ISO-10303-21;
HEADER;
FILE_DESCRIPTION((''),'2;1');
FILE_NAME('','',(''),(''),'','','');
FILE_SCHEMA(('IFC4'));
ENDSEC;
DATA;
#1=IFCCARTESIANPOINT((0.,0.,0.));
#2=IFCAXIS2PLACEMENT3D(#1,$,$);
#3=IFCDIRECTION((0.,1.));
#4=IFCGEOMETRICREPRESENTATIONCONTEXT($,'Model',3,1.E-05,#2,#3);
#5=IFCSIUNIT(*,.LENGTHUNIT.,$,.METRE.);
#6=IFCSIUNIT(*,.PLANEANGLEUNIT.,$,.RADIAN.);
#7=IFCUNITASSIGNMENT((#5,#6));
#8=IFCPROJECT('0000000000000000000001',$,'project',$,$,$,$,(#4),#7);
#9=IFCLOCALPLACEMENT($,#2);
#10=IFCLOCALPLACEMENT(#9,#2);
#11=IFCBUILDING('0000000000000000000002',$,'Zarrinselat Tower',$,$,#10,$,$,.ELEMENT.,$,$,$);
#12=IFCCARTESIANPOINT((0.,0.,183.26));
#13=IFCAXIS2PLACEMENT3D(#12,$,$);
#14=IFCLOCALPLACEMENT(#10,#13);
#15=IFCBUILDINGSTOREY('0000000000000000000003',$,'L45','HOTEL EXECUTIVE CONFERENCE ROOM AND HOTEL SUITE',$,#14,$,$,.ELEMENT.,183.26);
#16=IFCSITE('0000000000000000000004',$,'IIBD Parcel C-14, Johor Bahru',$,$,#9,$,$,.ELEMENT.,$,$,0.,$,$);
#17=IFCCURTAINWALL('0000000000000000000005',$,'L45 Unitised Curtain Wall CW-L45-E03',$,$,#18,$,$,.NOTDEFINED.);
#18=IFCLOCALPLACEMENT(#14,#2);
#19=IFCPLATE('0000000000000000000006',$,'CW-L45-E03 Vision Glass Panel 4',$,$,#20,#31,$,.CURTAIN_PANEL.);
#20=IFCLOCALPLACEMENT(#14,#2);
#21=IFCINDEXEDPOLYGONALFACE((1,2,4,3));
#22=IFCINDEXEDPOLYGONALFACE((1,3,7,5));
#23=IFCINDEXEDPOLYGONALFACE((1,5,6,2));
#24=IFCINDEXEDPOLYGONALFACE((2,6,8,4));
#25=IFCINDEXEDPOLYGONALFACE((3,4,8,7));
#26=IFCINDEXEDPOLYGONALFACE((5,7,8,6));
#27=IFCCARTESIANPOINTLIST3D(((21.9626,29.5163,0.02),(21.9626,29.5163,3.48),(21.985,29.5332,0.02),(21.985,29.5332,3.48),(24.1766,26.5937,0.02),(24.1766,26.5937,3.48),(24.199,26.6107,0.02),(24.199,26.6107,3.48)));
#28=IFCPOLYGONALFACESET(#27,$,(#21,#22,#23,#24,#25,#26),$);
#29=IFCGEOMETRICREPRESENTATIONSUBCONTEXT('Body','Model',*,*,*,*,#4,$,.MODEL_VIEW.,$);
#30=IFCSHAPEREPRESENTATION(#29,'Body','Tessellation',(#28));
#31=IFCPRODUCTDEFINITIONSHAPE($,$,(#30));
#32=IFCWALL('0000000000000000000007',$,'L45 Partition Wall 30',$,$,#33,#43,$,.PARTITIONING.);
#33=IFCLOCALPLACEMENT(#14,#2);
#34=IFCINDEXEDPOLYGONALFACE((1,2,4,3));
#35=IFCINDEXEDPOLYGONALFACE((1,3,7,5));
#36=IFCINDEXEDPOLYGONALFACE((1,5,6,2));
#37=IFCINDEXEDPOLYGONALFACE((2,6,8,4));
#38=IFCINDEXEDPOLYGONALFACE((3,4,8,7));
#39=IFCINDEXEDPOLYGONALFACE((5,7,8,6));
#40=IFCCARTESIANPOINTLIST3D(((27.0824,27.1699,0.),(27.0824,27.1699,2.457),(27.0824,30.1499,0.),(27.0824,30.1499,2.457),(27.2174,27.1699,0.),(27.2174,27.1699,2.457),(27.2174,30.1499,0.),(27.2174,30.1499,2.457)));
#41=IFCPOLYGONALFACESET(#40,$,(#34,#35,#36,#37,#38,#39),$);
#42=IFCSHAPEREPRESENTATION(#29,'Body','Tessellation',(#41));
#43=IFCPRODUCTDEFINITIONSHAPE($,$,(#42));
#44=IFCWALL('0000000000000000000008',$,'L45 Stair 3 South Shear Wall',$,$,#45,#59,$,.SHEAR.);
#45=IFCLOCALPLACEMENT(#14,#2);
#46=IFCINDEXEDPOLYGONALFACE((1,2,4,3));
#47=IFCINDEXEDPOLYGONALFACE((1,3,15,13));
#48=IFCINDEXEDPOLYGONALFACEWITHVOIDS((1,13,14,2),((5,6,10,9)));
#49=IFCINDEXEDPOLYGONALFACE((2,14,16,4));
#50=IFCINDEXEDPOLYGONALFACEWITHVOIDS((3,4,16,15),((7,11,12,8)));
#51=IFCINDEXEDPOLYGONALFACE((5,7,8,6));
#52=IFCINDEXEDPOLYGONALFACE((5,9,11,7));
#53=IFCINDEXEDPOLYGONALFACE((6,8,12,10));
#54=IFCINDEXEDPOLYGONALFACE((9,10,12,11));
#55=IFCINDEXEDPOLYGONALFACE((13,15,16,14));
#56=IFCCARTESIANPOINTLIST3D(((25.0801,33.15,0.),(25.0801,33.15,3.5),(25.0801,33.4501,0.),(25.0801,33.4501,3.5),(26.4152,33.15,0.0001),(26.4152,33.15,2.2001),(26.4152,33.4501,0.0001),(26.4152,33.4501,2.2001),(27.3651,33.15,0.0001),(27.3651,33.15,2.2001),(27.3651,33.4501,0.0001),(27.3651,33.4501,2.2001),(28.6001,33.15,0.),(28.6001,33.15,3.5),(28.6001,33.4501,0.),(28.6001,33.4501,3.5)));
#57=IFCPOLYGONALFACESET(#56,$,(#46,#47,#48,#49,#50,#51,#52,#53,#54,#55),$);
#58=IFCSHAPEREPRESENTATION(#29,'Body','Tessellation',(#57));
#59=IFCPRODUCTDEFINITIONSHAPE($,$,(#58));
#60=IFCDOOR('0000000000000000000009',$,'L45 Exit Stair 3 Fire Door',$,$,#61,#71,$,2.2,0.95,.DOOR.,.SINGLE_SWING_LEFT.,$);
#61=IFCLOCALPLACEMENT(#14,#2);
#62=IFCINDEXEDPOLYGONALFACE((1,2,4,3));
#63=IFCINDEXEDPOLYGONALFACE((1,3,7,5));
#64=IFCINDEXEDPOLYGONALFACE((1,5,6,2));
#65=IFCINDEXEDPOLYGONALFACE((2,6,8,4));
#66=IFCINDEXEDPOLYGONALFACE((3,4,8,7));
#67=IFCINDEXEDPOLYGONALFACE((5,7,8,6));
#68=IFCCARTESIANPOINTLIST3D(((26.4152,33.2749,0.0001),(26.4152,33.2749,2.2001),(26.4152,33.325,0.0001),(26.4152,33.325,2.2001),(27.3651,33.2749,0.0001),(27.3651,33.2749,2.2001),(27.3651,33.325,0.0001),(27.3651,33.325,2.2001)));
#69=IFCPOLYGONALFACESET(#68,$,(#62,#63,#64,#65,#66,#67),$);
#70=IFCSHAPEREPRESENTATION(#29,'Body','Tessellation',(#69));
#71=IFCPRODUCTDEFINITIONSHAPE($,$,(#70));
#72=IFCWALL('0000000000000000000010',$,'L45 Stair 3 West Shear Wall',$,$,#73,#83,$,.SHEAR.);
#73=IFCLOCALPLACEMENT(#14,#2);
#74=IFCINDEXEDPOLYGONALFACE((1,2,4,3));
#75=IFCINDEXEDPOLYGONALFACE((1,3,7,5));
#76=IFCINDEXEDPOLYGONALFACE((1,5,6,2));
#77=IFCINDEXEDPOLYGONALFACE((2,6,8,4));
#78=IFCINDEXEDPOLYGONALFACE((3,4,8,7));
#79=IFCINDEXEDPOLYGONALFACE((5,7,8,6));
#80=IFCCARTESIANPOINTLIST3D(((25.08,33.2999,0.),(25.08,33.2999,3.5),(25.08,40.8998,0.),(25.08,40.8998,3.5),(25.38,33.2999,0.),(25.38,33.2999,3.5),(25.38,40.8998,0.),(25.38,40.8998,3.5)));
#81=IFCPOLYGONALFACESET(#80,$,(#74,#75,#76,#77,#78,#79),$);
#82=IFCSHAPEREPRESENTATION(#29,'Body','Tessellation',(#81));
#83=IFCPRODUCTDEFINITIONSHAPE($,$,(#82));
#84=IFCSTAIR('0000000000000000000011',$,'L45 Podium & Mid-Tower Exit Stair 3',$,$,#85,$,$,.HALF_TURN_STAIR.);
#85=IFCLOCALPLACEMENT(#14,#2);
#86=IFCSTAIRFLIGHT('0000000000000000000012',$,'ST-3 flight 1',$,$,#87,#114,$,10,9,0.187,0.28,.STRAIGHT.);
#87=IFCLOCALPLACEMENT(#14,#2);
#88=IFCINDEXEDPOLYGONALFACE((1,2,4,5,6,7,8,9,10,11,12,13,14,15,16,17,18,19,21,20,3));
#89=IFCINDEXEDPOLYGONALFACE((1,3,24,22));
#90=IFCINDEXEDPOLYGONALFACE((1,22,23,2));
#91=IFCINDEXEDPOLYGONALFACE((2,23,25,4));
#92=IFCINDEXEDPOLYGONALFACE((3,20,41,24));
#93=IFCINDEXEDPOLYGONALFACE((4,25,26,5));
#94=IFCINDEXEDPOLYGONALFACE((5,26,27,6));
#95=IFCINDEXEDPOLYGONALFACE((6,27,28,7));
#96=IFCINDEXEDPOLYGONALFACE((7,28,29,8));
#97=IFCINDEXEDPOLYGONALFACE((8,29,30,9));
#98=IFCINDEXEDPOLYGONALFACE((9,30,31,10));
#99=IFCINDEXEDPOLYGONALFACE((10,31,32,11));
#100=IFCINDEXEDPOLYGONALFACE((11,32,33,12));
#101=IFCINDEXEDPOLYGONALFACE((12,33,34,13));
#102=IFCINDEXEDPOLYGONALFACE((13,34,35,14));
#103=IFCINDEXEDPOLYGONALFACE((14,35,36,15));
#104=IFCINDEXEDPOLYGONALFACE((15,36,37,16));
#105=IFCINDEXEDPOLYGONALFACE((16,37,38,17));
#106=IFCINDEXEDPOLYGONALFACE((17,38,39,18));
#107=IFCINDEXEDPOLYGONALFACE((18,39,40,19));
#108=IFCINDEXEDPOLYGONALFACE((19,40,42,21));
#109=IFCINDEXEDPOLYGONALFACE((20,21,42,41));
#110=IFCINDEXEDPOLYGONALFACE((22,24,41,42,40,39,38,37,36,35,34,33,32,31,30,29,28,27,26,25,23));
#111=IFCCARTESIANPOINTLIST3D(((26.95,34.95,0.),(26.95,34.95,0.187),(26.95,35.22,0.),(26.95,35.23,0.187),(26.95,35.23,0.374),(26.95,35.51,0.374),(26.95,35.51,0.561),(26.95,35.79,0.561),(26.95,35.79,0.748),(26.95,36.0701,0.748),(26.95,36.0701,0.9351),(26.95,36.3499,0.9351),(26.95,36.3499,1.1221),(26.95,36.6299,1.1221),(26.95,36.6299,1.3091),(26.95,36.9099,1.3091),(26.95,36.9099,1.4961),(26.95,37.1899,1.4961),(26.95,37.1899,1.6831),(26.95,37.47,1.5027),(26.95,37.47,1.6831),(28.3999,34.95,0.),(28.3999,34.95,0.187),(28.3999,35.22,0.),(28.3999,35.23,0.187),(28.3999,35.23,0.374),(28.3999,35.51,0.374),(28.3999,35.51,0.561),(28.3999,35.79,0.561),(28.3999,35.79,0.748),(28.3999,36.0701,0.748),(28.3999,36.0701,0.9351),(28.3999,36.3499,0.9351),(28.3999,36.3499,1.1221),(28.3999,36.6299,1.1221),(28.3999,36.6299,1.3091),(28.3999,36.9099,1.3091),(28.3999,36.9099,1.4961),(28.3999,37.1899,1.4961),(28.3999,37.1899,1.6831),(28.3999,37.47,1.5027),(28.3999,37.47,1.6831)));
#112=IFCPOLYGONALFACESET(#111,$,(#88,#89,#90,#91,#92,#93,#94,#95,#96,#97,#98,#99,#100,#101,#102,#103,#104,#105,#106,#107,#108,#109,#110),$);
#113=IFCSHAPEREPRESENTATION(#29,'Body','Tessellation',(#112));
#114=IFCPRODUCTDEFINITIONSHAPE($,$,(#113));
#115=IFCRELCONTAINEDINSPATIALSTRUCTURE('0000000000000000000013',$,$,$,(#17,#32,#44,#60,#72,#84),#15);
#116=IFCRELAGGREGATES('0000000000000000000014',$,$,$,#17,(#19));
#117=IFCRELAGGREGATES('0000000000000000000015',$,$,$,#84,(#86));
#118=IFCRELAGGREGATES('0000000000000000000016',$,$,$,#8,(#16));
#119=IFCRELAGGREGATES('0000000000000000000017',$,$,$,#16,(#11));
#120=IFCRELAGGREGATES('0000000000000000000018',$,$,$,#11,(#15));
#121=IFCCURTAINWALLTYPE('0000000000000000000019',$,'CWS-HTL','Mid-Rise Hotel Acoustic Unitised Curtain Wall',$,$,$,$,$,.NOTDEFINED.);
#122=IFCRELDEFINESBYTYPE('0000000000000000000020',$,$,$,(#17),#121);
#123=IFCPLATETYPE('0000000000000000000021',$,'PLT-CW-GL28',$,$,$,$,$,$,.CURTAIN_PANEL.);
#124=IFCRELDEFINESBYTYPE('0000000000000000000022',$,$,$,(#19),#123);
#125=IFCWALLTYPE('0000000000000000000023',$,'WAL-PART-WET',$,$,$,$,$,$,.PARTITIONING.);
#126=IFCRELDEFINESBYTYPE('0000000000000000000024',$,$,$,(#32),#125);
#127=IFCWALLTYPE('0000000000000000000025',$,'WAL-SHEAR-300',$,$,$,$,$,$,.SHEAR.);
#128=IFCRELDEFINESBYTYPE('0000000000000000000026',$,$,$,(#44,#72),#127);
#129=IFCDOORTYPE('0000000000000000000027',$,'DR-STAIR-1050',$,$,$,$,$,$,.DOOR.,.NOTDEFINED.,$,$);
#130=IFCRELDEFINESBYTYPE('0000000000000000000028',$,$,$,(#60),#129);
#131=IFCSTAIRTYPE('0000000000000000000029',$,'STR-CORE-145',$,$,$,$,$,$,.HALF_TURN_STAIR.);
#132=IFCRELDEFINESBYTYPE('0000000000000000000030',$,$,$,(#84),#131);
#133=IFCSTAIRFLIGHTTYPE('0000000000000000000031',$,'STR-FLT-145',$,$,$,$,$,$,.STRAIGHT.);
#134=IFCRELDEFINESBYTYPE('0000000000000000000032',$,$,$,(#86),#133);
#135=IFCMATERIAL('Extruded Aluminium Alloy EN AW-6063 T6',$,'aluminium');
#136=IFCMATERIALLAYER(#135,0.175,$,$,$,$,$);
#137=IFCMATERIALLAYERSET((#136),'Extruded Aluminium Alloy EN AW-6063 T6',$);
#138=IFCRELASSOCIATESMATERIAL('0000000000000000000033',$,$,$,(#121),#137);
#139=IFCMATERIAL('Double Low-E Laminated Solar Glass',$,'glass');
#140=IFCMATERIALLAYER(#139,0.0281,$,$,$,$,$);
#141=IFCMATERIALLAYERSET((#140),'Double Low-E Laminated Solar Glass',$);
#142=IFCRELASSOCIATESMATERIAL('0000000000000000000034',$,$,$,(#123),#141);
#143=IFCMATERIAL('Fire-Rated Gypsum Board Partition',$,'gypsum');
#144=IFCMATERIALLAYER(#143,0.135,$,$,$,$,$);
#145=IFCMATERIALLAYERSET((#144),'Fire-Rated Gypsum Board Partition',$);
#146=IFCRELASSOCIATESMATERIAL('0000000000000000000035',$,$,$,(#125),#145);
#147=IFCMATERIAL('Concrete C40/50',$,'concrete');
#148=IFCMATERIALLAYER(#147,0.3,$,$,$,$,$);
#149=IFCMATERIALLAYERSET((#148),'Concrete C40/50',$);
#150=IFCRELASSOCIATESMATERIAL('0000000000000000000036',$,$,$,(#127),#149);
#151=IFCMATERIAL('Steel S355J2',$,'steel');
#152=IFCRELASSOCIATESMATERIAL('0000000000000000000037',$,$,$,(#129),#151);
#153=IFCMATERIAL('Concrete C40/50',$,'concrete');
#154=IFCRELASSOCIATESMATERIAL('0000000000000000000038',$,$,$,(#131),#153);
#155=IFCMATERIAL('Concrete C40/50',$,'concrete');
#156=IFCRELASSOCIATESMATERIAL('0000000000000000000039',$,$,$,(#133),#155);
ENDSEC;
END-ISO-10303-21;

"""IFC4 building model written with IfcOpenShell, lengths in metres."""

from ifc_helpers import new_model, si_unit, direction, frame, frame_2d, origin, origin_2d, place, context, subcontext, project, spatial, polyline, rectangle, outline, extrude, material, layer, layer_set, type_object, element, fill, aggregate, save


model = new_model("IFC4")

# Units and contexts
model_context = context("Model", 3, precision=1e-05, world=origin(), true_north=direction((0.0, 1.0)))
body_context = subcontext(model_context, "Body", "Model", "MODEL_VIEW")
ifc_project = project(units=[si_unit("LENGTHUNIT", "METRE"), si_unit("PLANEANGLEUNIT", "RADIAN")], contexts=[model_context])

# Site, building, storey
site_placement = place(None, origin())
site = spatial("IfcSite", under=ifc_project, at=site_placement, Name="IIBD Parcel C-14, Johor Bahru", CompositionType="ELEMENT", RefElevation=0.0)
building_placement = place(site_placement, origin())
building = spatial("IfcBuilding", under=site, at=building_placement, Name="Zarrinselat Tower", CompositionType="ELEMENT")
storey_placement = place(building_placement, frame((0.0, 0.0, 183.26)))
storey = spatial("IfcBuildingStorey", under=building, at=storey_placement, Name="L45", Description="HOTEL EXECUTIVE CONFERENCE ROOM AND HOTEL SUITE", CompositionType="ELEMENT", Elevation=183.26)

# Curtain wall, plate
ifc_material_1 = material(Name="Extruded Aluminium Alloy EN AW-6063 T6", Category="aluminium")
ifc_layer_1 = layer(ifc_material_1, 0.175)
ifc_layer_set_1 = layer_set([ifc_layer_1], Name="Extruded Aluminium Alloy EN AW-6063 T6")
curtain_wall_type = type_object("IfcCurtainWallType", Name="CWS-HTL", Description="Mid-Rise Hotel Acoustic Unitised Curtain Wall", PredefinedType="NOTDEFINED", material=ifc_layer_set_1)
curtain_wall_placement = place(storey_placement, origin())
curtain_wall = element("IfcCurtainWall", 1, at=curtain_wall_placement, inside=storey, type_object=curtain_wall_type, Name="L45 Unitised Curtain Wall CW-L45-E03", PredefinedType="NOTDEFINED")
ifc_material_2 = material(Name="Double Low-E Laminated Solar Glass", Category="glass")
ifc_layer_2 = layer(ifc_material_2, 0.0281)
ifc_layer_set_2 = layer_set([ifc_layer_2], Name="Double Low-E Laminated Solar Glass")
plate_type = type_object("IfcPlateType", Name="PLT-CW-GL28", PredefinedType="CURTAIN_PANEL", material=ifc_layer_set_2)
plate_1_placement = place(storey_placement, frame((23.0808, 28.0635, 0.02), z_axis=(0.0, 0.0, 1.0), x_axis=(0.603857, -0.797092, 0.0)))
plate_1 = element("IfcPlate", 2, at=plate_1_placement, type_object=plate_type, Name="CW-L45-E03 Vision Glass Panel 4", PredefinedType="CURTAIN_PANEL", context=body_context, shape_type="SweptSolid", body=[
    extrude(rectangle(XDim=3.6665, YDim=0.0281, at=origin_2d()), origin(), (0.0, 0.0, 1.0), 3.46),
])
aggregate(curtain_wall, [plate_1])

# Wall
ifc_material_3 = material(Name="Fire-Rated Gypsum Board Partition", Category="gypsum")
ifc_layer_3 = layer(ifc_material_3, 0.135)
ifc_layer_set_3 = layer_set([ifc_layer_3], Name="Fire-Rated Gypsum Board Partition")
wall_type_1 = type_object("IfcWallType", Name="WAL-PART-WET", PredefinedType="PARTITIONING", material=ifc_layer_set_3)
wall_1_placement = place(storey_placement, frame((27.1499, 27.1699, 0.0), z_axis=(0.0, 0.0, 1.0), x_axis=(0.0, 1.0, 0.0)))
element("IfcWall", 3, at=wall_1_placement, inside=storey, type_object=wall_type_1, Name="L45 Partition Wall 30", PredefinedType="PARTITIONING", context=body_context, shape_type="SweptSolid", body=[
    extrude(rectangle(XDim=2.98, YDim=0.135, at=frame_2d((1.49, 0.0))), origin(), (0.0, 0.0, 1.0), 2.457),
])

# Wall, opening, door
ifc_material_4 = material(Name="Concrete C40/50", Category="concrete")
ifc_layer_4 = layer(ifc_material_4, 0.3)
ifc_layer_set_4 = layer_set([ifc_layer_4], Name="Concrete C40/50")
wall_type_2 = type_object("IfcWallType", Name="WAL-SHEAR-300", PredefinedType="SHEAR", material=ifc_layer_set_4)
wall_2_placement = place(storey_placement, frame((25.0801, 33.3, 0.0), z_axis=(0.0, 0.0, 1.0), x_axis=(1.0, 0.0, 0.0)))
wall_2 = element("IfcWall", 4, at=wall_2_placement, inside=storey, type_object=wall_type_2, Name="L45 Stair 3 South Shear Wall", PredefinedType="SHEAR", context=body_context, shape_type="SweptSolid", body=[
    extrude(rectangle(XDim=3.52, YDim=0.3, at=frame_2d((1.76, 0.0))), origin(), (0.0, 0.0, 1.0), 3.5),
])
opening_placement = place(wall_2_placement, frame((1.335, 0.0, 0.0)))
opening = element("IfcOpeningElement", 5, at=opening_placement, cuts=wall_2, PredefinedType="OPENING", context=body_context, shape_type="SweptSolid", body=[
    extrude(rectangle(XDim=0.95, YDim=2.2, at=frame_2d((0.4751, 1.1001))), frame((0.0, 0.1599, 0.0), z_axis=(0.0, -1.0, 0.0), x_axis=(1.0, 0.0, 0.0)), (0.0, 0.0, 1.0), 0.3201),
])
ifc_material_5 = material(Name="Steel S355J2", Category="steel")
door_type = type_object("IfcDoorType", Name="DR-STAIR-1050", OperationType="NOTDEFINED", PredefinedType="DOOR", material=ifc_material_5)
door_placement = place(opening_placement, origin())
door = element("IfcDoor", 6, at=door_placement, inside=storey, type_object=door_type, Name="L45 Exit Stair 3 Fire Door", OperationType="SINGLE_SWING_LEFT", OverallHeight=2.2, OverallWidth=0.95, PredefinedType="DOOR", context=body_context, shape_type="SweptSolid", body=[
    extrude(rectangle(XDim=0.95, YDim=2.2, at=frame_2d((0.4751, 1.1001))), frame((0.0, 0.0249, 0.0), z_axis=(0.0, -1.0, 0.0), x_axis=(1.0, 0.0, 0.0)), (0.0, 0.0, 1.0), 0.05),
])
fill(opening, door)

# Wall
wall_3_placement = place(storey_placement, frame((25.23, 33.3, 0.0), z_axis=(0.0, 0.0, 1.0), x_axis=(0.0, 1.0, 0.0)))
element("IfcWall", 7, at=wall_3_placement, inside=storey, type_object=wall_type_2, Name="L45 Stair 3 West Shear Wall", PredefinedType="SHEAR", context=body_context, shape_type="SweptSolid", body=[
    extrude(rectangle(XDim=7.5999, YDim=0.3, at=frame_2d((3.7998, 0.0))), origin(), (0.0, 0.0, 1.0), 3.5),
])

# Stair, stair flight
ifc_material_6 = material(Name="Concrete C40/50", Category="concrete")
stair_type = type_object("IfcStairType", Name="STR-CORE-145", PredefinedType="HALF_TURN_STAIR", material=ifc_material_6)
stair_placement = place(storey_placement, origin())
stair = element("IfcStair", 8, at=stair_placement, inside=storey, type_object=stair_type, Name="L45 Podium & Mid-Tower Exit Stair 3", PredefinedType="HALF_TURN_STAIR")
ifc_material_7 = material(Name="Concrete C40/50", Category="concrete")
stair_flight_type = type_object("IfcStairFlightType", Name="STR-FLT-145", PredefinedType="STRAIGHT", material=ifc_material_7)
stair_flight_placement = place(storey_placement, frame((27.675, 34.95, 0.0), z_axis=(0.0, 0.0, 1.0), x_axis=(0.0, 1.0, 0.0)))
stair_flight = element("IfcStairFlight", 9, at=stair_flight_placement, type_object=stair_flight_type, Name="ST-3 flight 1", NumberOfRisers=10, NumberOfTreads=9, PredefinedType="STRAIGHT", RiserHeight=0.187, TreadLength=0.28, context=body_context, shape_type="SweptSolid", body=[
    extrude(outline(polyline([(0.0, 0.0), (0.0, 0.187), (0.28, 0.187), (0.28, 0.374), (0.5601, 0.374), (0.5601, 0.561), (0.8401, 0.561), (0.8401, 0.748), (1.1201, 0.748), (1.1201, 0.9351), (1.3999, 0.9351), (1.3999, 1.1221), (1.6799, 1.1221), (1.6799, 1.3091), (1.96, 1.3091), (1.96, 1.4961), (2.24, 1.4961), (2.24, 1.6831), (2.52, 1.6831), (2.52, 1.8701), (2.52, 1.5027), (0.27, 0.0), (0.0, 0.0)])), frame((0.0, 0.7251, 0.0), z_axis=(0.0, -1.0, 0.0), x_axis=(1.0, 0.0, 0.0)), (0.0, 0.0, 1.0), 1.45),
])
aggregate(stair, [stair_flight])

save(model, "model.ifc")
